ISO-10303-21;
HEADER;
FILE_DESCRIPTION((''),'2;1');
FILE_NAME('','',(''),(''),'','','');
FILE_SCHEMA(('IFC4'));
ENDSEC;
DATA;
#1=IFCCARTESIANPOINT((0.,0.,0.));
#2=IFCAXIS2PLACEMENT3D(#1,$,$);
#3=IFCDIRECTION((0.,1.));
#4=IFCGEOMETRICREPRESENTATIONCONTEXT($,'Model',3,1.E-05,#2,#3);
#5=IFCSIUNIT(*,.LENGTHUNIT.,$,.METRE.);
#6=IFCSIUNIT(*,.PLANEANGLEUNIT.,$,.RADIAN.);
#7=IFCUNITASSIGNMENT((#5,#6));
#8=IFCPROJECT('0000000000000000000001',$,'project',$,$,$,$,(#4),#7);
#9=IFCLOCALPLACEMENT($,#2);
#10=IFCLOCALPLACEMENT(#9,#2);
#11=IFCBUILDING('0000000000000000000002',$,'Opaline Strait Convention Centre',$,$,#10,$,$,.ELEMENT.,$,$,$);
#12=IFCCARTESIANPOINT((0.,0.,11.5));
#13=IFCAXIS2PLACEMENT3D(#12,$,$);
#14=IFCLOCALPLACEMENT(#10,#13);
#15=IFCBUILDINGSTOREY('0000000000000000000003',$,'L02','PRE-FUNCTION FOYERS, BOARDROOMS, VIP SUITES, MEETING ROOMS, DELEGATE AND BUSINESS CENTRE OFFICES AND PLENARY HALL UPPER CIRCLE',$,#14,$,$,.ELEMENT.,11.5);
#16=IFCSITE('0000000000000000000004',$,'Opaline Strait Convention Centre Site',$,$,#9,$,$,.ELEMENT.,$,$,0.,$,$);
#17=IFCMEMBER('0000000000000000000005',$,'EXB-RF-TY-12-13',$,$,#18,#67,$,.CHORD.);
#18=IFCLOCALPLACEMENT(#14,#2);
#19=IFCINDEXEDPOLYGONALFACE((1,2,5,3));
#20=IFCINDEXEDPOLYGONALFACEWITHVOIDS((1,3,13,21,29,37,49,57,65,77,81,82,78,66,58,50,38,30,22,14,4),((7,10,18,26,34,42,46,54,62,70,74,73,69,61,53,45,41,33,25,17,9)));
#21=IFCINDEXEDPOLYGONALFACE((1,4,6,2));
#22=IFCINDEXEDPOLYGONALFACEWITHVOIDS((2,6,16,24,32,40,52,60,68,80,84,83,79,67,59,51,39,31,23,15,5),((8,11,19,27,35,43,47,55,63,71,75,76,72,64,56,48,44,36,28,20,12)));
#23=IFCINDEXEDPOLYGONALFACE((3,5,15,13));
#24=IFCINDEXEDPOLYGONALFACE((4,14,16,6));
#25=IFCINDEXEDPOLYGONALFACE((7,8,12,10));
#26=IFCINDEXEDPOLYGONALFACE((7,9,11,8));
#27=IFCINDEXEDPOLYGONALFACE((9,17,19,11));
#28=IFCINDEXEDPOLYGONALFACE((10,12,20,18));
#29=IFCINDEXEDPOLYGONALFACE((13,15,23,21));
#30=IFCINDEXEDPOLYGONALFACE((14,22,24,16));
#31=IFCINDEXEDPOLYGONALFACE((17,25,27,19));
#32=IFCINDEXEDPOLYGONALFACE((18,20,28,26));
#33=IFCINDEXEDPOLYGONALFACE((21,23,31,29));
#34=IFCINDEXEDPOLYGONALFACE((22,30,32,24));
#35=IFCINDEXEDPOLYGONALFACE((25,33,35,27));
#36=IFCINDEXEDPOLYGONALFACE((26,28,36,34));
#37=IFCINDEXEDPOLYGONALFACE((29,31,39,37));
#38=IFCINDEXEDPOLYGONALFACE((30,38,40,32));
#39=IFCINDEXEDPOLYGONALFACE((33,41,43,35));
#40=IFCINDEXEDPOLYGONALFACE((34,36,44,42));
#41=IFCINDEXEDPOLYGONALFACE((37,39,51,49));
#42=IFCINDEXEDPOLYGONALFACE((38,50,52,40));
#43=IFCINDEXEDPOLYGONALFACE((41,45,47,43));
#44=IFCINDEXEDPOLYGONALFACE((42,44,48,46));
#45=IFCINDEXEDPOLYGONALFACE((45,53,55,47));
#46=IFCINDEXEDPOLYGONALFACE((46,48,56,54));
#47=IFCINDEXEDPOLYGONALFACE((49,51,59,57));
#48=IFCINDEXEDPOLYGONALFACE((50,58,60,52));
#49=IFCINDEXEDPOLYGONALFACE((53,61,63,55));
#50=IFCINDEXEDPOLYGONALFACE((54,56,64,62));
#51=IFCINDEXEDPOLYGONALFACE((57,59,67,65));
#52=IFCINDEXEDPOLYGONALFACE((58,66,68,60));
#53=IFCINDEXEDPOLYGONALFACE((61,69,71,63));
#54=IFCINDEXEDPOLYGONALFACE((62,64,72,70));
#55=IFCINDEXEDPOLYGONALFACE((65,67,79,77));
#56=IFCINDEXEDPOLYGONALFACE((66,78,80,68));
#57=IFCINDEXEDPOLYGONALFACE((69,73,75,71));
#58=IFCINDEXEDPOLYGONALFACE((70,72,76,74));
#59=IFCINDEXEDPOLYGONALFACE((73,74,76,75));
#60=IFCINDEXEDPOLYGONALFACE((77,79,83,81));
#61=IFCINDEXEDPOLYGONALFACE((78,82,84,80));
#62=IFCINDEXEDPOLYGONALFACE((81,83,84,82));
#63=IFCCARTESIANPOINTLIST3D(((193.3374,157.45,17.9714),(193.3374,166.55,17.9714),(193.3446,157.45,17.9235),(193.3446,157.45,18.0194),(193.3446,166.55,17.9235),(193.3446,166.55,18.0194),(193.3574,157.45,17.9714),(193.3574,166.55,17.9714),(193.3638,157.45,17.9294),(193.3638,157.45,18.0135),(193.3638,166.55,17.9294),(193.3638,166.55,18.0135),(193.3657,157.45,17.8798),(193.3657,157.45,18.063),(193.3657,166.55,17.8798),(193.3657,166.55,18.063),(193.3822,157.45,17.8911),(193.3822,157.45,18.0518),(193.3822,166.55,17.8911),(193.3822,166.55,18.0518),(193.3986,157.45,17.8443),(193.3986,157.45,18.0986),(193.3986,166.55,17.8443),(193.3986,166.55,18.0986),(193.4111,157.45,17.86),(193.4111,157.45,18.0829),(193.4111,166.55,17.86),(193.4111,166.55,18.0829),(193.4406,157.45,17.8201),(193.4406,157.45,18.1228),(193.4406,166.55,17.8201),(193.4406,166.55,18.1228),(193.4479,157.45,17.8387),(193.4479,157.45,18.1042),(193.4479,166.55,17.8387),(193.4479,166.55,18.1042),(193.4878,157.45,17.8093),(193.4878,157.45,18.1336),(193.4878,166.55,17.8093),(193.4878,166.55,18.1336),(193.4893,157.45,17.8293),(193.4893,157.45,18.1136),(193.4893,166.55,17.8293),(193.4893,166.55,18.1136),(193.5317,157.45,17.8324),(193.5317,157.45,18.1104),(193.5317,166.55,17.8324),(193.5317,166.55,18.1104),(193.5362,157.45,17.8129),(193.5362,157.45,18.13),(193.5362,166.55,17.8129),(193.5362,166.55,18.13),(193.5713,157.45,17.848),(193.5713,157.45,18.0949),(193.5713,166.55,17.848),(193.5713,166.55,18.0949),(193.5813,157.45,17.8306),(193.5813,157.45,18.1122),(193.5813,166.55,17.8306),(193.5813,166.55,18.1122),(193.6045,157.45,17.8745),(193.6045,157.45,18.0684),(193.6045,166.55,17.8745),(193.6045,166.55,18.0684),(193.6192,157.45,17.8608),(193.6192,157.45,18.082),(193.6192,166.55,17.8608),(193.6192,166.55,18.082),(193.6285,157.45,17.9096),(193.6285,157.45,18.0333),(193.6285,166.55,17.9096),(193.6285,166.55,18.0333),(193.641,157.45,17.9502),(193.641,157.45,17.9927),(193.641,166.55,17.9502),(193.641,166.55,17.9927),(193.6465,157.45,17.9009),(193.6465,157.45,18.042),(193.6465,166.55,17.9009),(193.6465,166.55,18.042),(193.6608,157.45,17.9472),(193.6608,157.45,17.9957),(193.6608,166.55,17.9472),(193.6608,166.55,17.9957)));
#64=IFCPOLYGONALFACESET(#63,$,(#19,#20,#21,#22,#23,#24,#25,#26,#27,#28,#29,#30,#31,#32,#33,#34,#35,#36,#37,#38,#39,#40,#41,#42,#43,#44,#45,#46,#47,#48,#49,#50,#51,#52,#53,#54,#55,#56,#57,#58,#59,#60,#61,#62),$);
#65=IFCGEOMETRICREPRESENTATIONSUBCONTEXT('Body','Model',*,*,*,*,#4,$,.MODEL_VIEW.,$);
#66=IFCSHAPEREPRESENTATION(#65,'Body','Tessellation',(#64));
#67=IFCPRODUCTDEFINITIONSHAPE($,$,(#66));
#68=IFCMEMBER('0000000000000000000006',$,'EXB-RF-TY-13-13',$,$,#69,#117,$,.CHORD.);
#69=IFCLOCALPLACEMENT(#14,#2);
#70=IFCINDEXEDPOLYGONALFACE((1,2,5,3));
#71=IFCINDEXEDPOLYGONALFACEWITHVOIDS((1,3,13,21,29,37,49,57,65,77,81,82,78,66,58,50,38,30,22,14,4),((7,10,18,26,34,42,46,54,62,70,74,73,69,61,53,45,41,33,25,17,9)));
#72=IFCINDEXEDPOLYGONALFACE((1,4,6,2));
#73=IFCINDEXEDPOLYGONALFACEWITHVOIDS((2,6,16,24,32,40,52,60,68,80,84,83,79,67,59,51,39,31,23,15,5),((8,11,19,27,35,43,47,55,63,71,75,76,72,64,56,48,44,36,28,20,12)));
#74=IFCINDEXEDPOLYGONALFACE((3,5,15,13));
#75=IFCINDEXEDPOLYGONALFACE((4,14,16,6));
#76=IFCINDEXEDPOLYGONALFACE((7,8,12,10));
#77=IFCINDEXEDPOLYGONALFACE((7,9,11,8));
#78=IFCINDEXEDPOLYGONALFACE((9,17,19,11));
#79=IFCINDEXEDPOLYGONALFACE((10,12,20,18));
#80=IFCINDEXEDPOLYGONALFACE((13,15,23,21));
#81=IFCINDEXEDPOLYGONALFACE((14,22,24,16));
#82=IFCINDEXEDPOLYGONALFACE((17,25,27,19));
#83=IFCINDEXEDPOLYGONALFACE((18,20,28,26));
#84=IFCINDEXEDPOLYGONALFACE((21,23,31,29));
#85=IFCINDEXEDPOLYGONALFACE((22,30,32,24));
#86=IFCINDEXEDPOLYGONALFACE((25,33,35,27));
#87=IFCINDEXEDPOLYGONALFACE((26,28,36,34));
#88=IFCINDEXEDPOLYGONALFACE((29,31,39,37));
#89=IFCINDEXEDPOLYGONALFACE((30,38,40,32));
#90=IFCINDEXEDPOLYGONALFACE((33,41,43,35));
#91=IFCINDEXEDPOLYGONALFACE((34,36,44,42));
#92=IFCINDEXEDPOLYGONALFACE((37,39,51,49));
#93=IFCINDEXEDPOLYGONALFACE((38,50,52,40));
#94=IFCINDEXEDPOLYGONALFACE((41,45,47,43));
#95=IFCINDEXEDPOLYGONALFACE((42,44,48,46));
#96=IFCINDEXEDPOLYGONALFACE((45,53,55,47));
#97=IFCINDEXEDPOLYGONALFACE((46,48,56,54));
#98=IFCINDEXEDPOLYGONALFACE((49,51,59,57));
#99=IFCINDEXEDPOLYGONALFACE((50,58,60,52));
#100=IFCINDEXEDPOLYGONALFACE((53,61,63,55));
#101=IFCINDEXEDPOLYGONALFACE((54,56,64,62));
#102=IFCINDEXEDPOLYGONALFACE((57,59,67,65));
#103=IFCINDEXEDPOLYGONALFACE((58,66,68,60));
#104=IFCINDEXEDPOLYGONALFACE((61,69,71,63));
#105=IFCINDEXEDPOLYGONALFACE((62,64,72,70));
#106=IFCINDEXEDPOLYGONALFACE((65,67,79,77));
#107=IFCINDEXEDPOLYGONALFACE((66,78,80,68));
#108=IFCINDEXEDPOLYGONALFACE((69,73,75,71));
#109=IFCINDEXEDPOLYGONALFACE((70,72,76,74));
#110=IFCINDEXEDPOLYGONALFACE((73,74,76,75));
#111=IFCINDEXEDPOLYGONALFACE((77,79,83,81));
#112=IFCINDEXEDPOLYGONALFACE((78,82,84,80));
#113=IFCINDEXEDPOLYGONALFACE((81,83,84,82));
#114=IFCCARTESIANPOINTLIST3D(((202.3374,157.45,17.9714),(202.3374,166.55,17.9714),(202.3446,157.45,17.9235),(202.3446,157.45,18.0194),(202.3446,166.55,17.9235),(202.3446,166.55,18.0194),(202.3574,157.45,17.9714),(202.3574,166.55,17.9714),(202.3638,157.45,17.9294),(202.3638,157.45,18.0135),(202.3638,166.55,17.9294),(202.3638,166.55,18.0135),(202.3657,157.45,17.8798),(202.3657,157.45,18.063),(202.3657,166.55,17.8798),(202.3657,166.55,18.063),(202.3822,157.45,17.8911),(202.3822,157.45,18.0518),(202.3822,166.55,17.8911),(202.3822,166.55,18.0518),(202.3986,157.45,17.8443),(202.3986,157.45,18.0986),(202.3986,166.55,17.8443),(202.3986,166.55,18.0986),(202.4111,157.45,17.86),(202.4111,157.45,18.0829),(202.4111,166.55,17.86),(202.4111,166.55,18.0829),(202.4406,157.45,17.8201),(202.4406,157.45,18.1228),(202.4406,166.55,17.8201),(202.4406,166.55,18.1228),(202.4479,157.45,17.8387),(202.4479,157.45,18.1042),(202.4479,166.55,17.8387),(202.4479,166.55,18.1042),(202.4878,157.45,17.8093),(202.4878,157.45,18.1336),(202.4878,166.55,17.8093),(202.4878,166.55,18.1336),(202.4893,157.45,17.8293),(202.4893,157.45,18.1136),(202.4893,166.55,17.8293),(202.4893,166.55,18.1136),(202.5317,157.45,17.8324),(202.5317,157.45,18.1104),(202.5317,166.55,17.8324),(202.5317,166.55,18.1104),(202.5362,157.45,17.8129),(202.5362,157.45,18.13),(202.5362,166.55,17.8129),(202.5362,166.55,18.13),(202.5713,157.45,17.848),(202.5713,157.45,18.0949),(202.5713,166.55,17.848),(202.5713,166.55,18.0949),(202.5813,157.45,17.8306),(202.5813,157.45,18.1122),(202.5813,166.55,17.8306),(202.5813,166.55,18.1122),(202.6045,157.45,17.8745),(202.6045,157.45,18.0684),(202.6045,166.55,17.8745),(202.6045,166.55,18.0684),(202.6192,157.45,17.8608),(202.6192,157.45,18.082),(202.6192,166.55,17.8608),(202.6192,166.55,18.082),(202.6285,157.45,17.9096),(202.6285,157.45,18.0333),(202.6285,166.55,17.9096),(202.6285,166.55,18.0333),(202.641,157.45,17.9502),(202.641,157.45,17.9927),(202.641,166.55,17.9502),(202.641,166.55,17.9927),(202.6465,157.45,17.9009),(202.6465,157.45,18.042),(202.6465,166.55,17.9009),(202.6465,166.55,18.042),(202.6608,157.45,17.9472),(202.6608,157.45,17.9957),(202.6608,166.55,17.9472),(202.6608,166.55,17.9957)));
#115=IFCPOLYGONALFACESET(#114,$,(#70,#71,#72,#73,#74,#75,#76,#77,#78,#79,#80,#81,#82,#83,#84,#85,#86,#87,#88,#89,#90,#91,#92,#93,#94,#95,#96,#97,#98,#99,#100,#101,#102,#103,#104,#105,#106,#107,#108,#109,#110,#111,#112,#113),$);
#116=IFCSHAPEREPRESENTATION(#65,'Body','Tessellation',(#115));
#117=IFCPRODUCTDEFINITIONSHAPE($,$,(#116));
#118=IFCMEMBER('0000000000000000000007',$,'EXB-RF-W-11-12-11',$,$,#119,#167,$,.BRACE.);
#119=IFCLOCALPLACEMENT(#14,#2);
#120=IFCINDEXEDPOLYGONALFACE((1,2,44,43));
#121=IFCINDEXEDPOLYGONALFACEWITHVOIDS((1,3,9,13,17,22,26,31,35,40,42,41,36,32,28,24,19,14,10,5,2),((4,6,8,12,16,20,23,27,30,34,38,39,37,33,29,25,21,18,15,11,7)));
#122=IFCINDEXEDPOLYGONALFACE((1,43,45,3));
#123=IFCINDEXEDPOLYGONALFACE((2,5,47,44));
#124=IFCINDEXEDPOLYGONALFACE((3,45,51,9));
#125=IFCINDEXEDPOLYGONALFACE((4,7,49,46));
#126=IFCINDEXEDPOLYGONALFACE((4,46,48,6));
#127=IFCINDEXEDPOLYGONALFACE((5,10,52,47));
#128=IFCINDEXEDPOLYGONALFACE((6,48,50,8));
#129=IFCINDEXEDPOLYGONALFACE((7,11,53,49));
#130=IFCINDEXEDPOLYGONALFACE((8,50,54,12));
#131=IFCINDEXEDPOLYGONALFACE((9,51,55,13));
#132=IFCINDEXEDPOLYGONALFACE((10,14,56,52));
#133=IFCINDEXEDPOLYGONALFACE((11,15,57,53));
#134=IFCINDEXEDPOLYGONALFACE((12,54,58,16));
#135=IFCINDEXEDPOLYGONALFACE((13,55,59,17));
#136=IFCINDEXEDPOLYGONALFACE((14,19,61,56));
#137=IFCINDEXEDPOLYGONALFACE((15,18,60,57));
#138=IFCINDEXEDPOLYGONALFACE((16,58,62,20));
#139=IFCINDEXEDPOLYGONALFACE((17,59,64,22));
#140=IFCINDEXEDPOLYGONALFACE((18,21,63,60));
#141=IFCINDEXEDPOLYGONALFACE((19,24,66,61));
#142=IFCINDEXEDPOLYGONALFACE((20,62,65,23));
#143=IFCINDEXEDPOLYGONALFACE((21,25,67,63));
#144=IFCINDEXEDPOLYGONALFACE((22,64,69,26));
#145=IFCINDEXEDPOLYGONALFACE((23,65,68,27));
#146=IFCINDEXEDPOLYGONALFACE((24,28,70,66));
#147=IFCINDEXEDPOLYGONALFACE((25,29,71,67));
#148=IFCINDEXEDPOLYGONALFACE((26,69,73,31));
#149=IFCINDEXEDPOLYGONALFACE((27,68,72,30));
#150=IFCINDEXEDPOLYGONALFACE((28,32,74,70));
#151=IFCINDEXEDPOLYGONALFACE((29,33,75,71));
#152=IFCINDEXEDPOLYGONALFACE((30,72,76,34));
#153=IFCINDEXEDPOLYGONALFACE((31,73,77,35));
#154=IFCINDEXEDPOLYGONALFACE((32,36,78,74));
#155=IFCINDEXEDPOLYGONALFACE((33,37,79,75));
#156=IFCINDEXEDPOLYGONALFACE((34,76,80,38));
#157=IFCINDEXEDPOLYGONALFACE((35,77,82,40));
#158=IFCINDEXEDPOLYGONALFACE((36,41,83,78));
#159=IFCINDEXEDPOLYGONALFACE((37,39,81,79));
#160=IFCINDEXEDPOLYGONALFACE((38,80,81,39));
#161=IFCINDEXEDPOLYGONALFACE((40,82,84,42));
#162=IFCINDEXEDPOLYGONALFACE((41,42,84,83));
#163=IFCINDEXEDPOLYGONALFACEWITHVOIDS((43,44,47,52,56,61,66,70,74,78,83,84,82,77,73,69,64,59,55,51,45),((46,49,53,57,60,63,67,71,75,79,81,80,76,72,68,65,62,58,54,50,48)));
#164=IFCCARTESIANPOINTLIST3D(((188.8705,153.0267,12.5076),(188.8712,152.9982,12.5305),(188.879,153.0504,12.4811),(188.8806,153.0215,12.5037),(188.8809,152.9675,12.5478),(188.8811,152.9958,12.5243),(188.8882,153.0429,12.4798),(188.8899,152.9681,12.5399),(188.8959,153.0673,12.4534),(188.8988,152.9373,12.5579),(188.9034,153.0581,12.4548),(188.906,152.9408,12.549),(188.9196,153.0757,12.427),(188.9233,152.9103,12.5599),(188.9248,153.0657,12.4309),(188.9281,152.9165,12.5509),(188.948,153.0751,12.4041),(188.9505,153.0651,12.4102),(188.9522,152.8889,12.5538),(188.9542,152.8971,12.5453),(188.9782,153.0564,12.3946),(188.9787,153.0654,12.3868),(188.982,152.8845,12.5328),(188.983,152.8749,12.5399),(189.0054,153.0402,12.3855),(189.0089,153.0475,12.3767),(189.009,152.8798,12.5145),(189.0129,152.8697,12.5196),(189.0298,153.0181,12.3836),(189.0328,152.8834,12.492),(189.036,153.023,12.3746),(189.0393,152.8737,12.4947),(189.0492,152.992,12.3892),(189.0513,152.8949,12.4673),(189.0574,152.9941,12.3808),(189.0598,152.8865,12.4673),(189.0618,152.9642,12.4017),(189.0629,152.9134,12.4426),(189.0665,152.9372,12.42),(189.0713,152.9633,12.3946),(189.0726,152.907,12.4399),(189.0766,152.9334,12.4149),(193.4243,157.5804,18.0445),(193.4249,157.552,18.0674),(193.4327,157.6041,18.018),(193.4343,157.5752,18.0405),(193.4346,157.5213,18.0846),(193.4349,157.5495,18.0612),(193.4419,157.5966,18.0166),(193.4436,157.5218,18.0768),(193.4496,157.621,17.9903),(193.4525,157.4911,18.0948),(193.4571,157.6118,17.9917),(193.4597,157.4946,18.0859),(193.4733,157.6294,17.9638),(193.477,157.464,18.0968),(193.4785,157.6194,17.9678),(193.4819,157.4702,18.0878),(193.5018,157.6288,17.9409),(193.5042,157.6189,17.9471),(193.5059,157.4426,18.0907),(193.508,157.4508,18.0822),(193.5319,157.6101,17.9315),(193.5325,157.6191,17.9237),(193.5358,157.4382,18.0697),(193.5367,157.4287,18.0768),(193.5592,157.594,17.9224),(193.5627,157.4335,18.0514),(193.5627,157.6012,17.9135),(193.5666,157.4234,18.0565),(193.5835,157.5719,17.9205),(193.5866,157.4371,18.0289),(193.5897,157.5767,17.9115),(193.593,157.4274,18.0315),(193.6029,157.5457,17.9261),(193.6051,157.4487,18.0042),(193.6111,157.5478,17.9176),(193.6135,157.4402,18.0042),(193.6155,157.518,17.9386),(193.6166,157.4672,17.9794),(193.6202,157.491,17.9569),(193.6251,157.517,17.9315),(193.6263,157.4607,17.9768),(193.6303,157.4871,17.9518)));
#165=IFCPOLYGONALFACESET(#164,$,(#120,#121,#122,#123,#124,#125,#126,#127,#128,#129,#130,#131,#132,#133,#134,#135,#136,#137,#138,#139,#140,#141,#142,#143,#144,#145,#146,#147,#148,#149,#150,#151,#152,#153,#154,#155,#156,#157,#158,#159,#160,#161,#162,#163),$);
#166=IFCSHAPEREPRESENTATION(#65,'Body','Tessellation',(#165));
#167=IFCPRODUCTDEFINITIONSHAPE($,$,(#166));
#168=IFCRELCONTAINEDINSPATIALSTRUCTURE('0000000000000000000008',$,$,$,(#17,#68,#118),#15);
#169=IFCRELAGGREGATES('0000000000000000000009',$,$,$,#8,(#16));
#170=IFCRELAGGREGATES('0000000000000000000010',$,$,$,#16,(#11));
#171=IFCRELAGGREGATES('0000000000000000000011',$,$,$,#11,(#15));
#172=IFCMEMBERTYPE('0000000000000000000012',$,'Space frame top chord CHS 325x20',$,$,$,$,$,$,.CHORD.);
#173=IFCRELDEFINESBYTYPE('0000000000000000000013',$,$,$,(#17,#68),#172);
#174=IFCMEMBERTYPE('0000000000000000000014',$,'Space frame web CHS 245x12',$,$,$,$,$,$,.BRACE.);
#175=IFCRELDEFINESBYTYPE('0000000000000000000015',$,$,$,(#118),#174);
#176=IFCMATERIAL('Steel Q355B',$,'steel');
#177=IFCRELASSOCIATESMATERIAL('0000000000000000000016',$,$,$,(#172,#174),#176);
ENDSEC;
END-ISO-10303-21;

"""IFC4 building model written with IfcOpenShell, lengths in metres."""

from ifc_helpers import new_model, si_unit, direction, frame, origin, origin_2d, place, context, subcontext, project, spatial, hollow_circle, extrude, material, material_profile, profile_set, type_object, element, save


model = new_model("IFC4")

# Units and contexts
model_context = context("Model", 3, precision=1e-05, world=origin(), true_north=direction((0.0, 1.0)))
body_context = subcontext(model_context, "Body", "Model", "MODEL_VIEW")
ifc_project = project(units=[si_unit("LENGTHUNIT", "METRE"), si_unit("PLANEANGLEUNIT", "RADIAN")], contexts=[model_context])

# Site, building, storey
site_placement = place(None, origin())
site = spatial("IfcSite", under=ifc_project, at=site_placement, Name="Opaline Strait Convention Centre Site", CompositionType="ELEMENT", RefElevation=0.0)
building_placement = place(site_placement, origin())
building = spatial("IfcBuilding", under=site, at=building_placement, Name="Opaline Strait Convention Centre", CompositionType="ELEMENT")
storey_placement = place(building_placement, frame((0.0, 0.0, 11.5)))
storey = spatial("IfcBuildingStorey", under=building, at=storey_placement, Name="L02", Description="PRE-FUNCTION FOYERS, BOARDROOMS, VIP SUITES, MEETING ROOMS, DELEGATE AND BUSINESS CENTRE OFFICES AND PLENARY HALL UPPER CIRCLE", CompositionType="ELEMENT", Elevation=11.5)

# Members
ifc_material_1 = material(Name="Steel Q355B", Category="steel")
ifc_material_profile_1 = material_profile(ifc_material_1, hollow_circle(Radius=0.1626, WallThickness=0.02, at=origin_2d()), Name="CHS 325x20")
ifc_profile_set_1 = profile_set([ifc_material_profile_1], Name="Steel Q355B")
member_type_1 = type_object("IfcMemberType", Name="Space frame top chord CHS 325x20", PredefinedType="CHORD", material=ifc_profile_set_1)
for number, where, z_axis, x_axis, name in (
    (1, (193.5, 157.45, 17.9714), (0.0, 1.0, 0.0), (-1.0, 0.0, 0.0), "EXB-RF-TY-12-13"),
    (2, (202.5, 157.45, 17.9714), (0.0, 1.0, 0.0), (-1.0, 0.0, 0.0), "EXB-RF-TY-13-13"),
):
    element("IfcMember", number, at=place(storey_placement, frame(where, z_axis=z_axis, x_axis=x_axis)), inside=storey, type_object=member_type_1, Name=name, PredefinedType="CHORD", context=body_context, shape_type="SweptSolid", body=[
        extrude(hollow_circle(Radius=0.1626, WallThickness=0.02, at=origin_2d()), origin(), (0.0, 0.0, 1.0), 9.1001),
    ])
ifc_material_profile_2 = material_profile(ifc_material_1, hollow_circle(Radius=0.1226, WallThickness=0.012, at=origin_2d()), Name="CHS 245x12")
ifc_profile_set_2 = profile_set([ifc_material_profile_2], Name="Steel Q355B")
member_type_2 = type_object("IfcMemberType", Name="Space frame web CHS 245x12", PredefinedType="BRACE", material=ifc_profile_set_2)
for number, where, z_axis, x_axis, name in (
    (3, (193.5269, 157.5269, 18.0042), (-0.536178, -0.536178, -0.65194), (0.707107, -0.707107, 0.0), "EXB-RF-W-11-12-11"),
):
    element("IfcMember", number, at=place(storey_placement, frame(where, z_axis=z_axis, x_axis=x_axis)), inside=storey, type_object=member_type_2, Name=name, PredefinedType="BRACE", context=body_context, shape_type="SweptSolid", body=[
        extrude(hollow_circle(Radius=0.1226, WallThickness=0.012, at=origin_2d()), origin(), (0.0, 0.0, 1.0), 8.4929),
    ])

save(model, "model.ifc")
